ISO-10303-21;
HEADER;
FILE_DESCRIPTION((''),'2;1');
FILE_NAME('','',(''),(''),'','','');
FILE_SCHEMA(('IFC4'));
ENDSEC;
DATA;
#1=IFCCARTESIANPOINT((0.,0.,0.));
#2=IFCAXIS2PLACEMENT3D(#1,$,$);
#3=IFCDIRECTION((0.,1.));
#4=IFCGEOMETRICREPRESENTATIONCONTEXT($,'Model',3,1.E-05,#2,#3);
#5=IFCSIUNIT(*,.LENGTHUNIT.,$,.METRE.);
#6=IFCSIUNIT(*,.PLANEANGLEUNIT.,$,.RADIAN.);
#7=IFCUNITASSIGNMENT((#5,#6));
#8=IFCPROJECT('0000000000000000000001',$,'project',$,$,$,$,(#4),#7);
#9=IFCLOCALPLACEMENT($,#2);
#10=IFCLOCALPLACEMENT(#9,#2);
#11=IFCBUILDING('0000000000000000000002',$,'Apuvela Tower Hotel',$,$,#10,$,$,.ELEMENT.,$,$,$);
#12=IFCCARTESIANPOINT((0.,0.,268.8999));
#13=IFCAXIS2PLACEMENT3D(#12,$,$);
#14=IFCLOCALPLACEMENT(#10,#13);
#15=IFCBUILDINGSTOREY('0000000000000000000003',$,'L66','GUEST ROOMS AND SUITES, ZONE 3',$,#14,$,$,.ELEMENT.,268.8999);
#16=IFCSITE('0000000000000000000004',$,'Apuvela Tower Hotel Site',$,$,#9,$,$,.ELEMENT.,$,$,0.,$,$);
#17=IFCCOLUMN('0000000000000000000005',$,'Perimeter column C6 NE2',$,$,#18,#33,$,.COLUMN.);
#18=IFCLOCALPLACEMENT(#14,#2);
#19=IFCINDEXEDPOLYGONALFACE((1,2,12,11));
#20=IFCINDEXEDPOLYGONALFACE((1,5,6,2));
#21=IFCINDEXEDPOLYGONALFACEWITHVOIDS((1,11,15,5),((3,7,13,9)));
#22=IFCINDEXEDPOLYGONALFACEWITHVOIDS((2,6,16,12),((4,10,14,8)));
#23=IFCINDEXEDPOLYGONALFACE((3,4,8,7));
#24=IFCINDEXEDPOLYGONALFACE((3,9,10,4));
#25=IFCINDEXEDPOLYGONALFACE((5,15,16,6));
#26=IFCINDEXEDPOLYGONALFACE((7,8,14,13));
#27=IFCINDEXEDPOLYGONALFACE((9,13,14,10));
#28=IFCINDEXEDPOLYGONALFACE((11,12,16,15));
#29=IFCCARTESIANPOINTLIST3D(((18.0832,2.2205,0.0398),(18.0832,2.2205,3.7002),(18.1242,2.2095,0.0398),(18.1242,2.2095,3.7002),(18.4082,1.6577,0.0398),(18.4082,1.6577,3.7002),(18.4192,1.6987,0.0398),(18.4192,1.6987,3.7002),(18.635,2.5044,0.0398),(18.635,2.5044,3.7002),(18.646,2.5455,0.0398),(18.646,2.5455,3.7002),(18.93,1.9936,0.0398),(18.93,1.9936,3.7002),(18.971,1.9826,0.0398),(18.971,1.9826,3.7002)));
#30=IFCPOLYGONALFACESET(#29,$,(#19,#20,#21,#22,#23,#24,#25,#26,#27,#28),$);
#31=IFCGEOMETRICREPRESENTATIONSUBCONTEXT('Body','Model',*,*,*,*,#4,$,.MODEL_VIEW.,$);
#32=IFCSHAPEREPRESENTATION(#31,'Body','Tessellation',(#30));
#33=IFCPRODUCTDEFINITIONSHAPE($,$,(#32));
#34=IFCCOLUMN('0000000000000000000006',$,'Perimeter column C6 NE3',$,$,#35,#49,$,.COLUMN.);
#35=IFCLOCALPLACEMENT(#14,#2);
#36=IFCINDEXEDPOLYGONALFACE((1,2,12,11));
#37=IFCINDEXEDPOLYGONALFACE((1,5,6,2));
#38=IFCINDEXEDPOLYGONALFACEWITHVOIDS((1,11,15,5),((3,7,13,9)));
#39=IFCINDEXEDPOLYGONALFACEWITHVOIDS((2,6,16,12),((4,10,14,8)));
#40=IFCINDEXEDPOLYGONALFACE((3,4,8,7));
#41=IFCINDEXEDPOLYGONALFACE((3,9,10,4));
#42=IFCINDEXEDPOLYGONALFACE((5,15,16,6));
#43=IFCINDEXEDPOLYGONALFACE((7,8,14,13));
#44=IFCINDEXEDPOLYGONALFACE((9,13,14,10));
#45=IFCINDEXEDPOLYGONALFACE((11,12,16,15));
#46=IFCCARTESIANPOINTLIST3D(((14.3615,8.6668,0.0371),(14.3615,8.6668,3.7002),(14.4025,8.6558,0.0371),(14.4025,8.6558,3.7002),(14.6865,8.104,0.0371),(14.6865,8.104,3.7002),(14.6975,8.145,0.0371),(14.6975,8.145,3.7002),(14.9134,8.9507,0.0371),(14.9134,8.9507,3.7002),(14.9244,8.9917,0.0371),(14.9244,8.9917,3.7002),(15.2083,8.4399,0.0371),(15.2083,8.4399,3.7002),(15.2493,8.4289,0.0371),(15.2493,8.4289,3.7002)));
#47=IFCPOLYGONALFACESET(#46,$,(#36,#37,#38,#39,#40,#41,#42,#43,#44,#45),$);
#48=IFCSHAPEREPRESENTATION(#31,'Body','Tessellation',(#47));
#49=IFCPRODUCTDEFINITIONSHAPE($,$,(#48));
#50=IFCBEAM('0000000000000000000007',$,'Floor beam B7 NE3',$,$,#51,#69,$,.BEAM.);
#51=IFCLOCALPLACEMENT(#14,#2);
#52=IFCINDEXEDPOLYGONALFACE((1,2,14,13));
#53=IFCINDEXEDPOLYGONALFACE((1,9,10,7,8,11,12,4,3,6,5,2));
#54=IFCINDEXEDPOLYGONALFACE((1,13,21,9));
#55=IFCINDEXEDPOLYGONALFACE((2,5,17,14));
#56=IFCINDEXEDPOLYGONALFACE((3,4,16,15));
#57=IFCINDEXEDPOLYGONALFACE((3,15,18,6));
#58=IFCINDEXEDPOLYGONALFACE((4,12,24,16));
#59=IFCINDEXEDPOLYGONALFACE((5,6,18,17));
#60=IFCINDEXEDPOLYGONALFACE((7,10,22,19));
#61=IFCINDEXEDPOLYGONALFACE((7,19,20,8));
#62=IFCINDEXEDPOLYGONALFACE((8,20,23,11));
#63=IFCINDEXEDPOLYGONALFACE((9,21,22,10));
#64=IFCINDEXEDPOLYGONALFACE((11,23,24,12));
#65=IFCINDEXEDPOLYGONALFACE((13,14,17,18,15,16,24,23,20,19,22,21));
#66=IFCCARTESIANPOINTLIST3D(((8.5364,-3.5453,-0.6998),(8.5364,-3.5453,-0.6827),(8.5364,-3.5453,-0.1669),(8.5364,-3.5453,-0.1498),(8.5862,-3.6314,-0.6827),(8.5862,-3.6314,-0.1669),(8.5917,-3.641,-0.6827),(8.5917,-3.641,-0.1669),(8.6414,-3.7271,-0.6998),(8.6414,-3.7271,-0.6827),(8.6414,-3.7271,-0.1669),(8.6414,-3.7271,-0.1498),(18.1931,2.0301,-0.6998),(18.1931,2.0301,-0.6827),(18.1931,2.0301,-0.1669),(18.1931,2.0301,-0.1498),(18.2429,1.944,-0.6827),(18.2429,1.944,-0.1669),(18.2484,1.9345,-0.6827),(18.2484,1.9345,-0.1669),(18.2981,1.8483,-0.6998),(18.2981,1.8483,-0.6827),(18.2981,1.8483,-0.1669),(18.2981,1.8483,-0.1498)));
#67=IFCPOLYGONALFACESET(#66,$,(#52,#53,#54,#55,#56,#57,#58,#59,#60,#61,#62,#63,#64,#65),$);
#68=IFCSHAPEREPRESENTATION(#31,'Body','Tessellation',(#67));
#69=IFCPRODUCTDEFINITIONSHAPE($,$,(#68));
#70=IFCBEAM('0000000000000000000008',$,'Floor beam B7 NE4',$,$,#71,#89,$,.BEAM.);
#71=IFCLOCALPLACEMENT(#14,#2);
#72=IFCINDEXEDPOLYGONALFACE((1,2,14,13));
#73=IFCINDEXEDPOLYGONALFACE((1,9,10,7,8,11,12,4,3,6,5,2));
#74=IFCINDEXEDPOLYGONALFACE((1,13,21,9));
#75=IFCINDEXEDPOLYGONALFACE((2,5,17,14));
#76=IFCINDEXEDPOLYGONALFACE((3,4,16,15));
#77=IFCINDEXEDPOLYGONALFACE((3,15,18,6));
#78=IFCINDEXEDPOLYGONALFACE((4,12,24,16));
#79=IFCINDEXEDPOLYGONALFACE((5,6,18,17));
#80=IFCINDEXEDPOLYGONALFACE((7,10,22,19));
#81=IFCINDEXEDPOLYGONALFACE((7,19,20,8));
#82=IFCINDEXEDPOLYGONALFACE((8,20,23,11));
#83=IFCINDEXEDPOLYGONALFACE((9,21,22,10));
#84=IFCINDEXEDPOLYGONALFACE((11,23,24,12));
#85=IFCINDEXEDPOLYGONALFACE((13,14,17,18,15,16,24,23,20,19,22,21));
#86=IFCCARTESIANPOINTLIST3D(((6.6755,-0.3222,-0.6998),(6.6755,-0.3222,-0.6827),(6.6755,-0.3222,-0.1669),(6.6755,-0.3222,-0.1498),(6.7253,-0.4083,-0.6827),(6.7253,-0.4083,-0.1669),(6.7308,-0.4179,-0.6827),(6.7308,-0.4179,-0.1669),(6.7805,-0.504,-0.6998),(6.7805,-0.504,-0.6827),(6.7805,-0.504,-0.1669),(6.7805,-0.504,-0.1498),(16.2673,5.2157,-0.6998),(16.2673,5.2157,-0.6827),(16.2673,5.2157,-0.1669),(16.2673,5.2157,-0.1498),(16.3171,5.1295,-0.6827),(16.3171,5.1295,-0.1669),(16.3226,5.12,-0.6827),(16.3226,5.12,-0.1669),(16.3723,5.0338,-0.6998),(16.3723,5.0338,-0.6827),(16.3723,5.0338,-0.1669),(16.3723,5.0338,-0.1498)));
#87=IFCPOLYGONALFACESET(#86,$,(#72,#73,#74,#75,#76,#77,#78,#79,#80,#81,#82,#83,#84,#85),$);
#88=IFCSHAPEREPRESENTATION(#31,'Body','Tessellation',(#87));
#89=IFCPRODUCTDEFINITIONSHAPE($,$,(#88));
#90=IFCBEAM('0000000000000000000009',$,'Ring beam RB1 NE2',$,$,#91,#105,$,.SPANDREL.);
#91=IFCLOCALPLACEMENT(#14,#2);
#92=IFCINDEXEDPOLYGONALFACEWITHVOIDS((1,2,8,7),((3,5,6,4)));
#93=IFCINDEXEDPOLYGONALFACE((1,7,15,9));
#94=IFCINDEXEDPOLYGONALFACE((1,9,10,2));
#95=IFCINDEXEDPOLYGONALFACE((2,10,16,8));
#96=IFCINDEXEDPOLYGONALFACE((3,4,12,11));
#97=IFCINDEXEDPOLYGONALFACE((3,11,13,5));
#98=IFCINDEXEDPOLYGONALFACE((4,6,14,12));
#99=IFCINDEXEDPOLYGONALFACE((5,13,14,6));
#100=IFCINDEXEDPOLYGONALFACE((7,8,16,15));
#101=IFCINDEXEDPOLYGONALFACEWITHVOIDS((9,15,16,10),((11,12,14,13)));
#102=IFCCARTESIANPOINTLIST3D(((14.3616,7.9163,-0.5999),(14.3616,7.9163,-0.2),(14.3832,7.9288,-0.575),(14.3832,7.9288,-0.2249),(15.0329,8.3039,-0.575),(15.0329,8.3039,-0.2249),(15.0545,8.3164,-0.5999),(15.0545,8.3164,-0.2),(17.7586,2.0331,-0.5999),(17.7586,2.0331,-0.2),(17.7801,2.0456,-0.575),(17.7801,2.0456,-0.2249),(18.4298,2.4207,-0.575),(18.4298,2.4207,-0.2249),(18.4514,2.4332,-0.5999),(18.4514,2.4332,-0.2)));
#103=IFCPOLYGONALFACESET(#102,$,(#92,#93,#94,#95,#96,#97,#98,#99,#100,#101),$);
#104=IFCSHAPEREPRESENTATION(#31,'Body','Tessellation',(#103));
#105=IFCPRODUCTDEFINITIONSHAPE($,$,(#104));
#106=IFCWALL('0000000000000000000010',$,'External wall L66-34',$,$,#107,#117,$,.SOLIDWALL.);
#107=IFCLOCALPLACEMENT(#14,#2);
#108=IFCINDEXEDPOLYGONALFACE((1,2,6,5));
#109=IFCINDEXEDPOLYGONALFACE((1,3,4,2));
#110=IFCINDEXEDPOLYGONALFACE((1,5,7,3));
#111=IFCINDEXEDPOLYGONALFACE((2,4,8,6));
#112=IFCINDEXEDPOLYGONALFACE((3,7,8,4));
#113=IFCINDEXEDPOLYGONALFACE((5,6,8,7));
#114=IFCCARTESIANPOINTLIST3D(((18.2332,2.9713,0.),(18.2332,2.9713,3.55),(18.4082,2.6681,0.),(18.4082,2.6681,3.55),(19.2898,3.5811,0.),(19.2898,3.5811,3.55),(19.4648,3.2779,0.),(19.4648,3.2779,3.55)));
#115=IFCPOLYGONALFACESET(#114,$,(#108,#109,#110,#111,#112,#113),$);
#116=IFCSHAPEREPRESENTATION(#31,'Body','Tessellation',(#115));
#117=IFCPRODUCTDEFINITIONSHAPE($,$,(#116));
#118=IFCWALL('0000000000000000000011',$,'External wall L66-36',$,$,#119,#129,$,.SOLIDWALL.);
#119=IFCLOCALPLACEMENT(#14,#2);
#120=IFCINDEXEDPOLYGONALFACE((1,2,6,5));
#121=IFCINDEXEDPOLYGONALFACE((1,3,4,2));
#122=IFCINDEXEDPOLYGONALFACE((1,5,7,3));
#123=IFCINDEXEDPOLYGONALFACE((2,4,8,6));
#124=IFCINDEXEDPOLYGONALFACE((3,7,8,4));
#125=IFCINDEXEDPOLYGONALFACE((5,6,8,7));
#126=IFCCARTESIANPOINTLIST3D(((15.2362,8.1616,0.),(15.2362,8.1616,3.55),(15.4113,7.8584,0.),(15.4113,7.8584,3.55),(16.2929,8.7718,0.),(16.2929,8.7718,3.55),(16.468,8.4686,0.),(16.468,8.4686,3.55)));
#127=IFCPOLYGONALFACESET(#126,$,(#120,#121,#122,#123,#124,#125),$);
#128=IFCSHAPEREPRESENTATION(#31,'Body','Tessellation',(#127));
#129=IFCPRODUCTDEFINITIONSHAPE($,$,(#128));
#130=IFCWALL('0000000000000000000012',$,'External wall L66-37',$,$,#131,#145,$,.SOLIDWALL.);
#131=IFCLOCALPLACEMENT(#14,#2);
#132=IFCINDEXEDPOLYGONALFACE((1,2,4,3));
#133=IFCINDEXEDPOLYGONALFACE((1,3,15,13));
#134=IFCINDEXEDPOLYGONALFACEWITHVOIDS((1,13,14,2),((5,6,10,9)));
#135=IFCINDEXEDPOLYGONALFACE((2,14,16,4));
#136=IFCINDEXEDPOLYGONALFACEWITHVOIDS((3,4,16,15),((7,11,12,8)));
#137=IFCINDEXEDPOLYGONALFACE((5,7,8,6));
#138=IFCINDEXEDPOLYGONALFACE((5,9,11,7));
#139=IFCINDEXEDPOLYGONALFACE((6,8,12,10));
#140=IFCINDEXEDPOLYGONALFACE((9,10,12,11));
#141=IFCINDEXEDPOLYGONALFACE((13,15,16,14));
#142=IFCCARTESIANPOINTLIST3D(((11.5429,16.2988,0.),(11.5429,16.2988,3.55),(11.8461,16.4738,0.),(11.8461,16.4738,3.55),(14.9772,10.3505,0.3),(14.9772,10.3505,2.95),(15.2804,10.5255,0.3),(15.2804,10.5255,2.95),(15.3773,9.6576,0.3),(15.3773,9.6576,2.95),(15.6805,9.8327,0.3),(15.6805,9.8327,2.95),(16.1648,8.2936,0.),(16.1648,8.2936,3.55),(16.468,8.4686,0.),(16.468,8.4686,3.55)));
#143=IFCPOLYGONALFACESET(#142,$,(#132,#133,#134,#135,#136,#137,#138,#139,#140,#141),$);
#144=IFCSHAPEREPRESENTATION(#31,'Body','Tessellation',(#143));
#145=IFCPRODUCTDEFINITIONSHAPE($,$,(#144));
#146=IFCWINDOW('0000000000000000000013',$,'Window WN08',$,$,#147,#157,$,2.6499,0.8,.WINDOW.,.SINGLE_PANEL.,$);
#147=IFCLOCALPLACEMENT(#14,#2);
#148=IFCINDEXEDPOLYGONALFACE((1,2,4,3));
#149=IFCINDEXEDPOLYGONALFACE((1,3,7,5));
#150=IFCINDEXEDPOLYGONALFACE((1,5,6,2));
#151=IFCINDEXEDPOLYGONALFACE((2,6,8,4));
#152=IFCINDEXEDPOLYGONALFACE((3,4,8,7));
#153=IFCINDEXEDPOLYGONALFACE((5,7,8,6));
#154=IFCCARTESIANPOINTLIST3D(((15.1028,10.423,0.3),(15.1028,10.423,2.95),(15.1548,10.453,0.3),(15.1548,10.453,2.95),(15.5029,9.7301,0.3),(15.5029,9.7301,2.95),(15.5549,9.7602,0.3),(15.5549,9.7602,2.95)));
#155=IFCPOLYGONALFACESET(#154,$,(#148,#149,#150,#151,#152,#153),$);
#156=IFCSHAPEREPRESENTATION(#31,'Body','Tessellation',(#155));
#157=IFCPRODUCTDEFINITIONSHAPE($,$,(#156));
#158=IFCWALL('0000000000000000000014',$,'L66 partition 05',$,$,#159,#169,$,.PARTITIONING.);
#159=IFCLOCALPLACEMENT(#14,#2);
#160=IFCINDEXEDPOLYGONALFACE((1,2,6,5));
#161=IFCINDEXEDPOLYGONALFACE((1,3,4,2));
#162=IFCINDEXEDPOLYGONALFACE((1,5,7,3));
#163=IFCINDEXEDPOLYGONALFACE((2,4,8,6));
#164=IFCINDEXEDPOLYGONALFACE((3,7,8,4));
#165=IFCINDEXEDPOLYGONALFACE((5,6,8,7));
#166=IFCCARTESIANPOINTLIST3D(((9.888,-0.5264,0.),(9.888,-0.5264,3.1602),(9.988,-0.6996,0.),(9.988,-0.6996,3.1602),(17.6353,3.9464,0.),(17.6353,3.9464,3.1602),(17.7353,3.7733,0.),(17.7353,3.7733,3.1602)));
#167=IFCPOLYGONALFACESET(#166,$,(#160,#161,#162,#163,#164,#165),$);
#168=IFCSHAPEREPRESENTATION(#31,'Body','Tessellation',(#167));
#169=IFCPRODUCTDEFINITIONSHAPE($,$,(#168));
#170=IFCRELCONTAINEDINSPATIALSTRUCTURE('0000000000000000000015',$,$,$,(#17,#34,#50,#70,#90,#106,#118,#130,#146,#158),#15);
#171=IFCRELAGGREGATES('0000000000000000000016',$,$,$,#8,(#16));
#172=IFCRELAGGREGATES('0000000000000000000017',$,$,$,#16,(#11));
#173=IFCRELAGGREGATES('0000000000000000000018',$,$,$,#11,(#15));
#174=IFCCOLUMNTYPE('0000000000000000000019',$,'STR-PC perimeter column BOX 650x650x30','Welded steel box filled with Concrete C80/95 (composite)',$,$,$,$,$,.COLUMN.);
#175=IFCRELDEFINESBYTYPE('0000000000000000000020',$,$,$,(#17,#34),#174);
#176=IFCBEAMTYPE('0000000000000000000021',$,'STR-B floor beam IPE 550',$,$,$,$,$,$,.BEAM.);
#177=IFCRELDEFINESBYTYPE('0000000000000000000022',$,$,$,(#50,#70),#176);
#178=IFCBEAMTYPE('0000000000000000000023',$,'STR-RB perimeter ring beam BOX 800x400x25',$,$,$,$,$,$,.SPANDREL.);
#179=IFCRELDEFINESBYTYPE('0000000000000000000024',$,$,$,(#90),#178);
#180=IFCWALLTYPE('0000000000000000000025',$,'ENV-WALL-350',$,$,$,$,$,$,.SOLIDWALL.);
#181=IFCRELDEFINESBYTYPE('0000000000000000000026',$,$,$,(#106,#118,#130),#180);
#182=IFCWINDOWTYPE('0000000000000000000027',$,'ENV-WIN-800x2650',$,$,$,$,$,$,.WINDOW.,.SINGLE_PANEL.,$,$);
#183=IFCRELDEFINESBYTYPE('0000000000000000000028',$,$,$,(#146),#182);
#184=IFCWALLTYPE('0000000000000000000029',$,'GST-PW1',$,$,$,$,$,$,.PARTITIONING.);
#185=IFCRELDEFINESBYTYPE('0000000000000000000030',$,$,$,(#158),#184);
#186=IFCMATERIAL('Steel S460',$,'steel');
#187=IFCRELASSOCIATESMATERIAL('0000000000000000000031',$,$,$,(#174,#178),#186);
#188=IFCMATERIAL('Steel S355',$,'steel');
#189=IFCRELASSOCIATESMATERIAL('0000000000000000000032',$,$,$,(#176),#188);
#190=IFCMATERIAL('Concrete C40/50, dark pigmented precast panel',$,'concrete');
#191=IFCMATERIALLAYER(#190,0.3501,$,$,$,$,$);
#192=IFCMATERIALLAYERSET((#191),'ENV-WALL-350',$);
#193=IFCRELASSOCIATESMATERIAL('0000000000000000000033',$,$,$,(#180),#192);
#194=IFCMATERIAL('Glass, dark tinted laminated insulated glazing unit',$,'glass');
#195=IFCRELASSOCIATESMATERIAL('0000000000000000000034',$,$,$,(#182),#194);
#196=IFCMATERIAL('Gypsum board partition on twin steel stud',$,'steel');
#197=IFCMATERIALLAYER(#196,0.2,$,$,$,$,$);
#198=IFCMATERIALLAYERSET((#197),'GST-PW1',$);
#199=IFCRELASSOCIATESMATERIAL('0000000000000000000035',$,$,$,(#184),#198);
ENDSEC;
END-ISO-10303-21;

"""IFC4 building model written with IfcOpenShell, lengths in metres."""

from ifc_helpers import new_model, si_unit, direction, frame, frame_2d, origin, origin_2d, place, context, subcontext, project, spatial, rectangle, hollow_rectangle, i_section, extrude, boolean, halfspace, material, layer, layer_set, material_profile, profile_set, type_object, element, fill, save


model = new_model("IFC4")

# Units and contexts
model_context = context("Model", 3, precision=1e-05, world=origin(), true_north=direction((0.0, 1.0)))
body_context = subcontext(model_context, "Body", "Model", "MODEL_VIEW")
ifc_project = project(units=[si_unit("LENGTHUNIT", "METRE"), si_unit("PLANEANGLEUNIT", "RADIAN")], contexts=[model_context])

# Site, building, storey
site_placement = place(None, origin())
site = spatial("IfcSite", under=ifc_project, at=site_placement, Name="Apuvela Tower Hotel Site", CompositionType="ELEMENT", RefElevation=0.0)
building_placement = place(site_placement, origin())
building = spatial("IfcBuilding", under=site, at=building_placement, Name="Apuvela Tower Hotel", CompositionType="ELEMENT")
storey_placement = place(building_placement, frame((0.0, 0.0, 268.8999)))
storey = spatial("IfcBuildingStorey", under=building, at=storey_placement, Name="L66", Description="GUEST ROOMS AND SUITES, ZONE 3", CompositionType="ELEMENT", Elevation=268.8999)

# Columns
ifc_material_1 = material(Name="Steel S460", Category="steel")
ifc_material_profile_1 = material_profile(ifc_material_1, hollow_rectangle(XDim=0.6499, YDim=0.6499, WallThickness=0.03, at=origin_2d()), Name="BOX 650x650x30")
ifc_material_2 = material(Name="Concrete C80/95", Category="concrete")
ifc_material_profile_2 = material_profile(ifc_material_2, rectangle(XDim=0.5901, YDim=0.5901, at=origin_2d()), Name="Concrete C80/95 infill")
ifc_profile_set_1 = profile_set([ifc_material_profile_1, ifc_material_profile_2], Name="Steel S460")
column_type = type_object("IfcColumnType", Name="STR-PC perimeter column BOX 650x650x30", Description="Welded steel box filled with Concrete C80/95 (composite)", PredefinedType="COLUMN", material=ifc_profile_set_1)
column_1_placement = place(storey_placement, frame((18.5271, 2.1016, 0.0), z_axis=(0.0, 0.0, 1.0), x_axis=(-0.5, 0.866025, 0.0)))
element("IfcColumn", 1, at=column_1_placement, inside=storey, type_object=column_type, Name="Perimeter column C6 NE2", PredefinedType="COLUMN", context=body_context, shape_type="SweptSolid", body=[
    boolean("DIFFERENCE", extrude(hollow_rectangle(XDim=0.6499, YDim=0.6499, WallThickness=0.03, at=origin_2d()), origin(), (0.0, 0.0, 1.0), 3.7002), halfspace(frame((0.0, 0.0, 0.0398), z_axis=(0.0, 0.0, 1.0), x_axis=(1.0, 0.0, 0.0)), True)),
])
column_2_placement = place(storey_placement, frame((14.8054, 8.5479, 0.0), z_axis=(0.0, 0.0, 1.0), x_axis=(-0.5, 0.866025, 0.0)))
element("IfcColumn", 2, at=column_2_placement, inside=storey, type_object=column_type, Name="Perimeter column C6 NE3", PredefinedType="COLUMN", context=body_context, shape_type="SweptSolid", body=[
    boolean("DIFFERENCE", extrude(hollow_rectangle(XDim=0.6499, YDim=0.6499, WallThickness=0.03, at=origin_2d()), origin(), (0.0, 0.0, 1.0), 3.7002), halfspace(frame((0.0, 0.0, 0.0371), z_axis=(0.0, 0.0, 1.0), x_axis=(1.0, 0.0, 0.0)), True)),
])

# Beams
ifc_material_3 = material(Name="Steel S355", Category="steel")
ifc_material_profile_3 = material_profile(ifc_material_3, i_section(OverallWidth=0.21, OverallDepth=0.55, WebThickness=0.011, FlangeThickness=0.0171, at=origin_2d()), Name="IPE 550")
ifc_profile_set_2 = profile_set([ifc_material_profile_3], Name="Steel S355")
beam_type_1 = type_object("IfcBeamType", Name="STR-B floor beam IPE 550", PredefinedType="BEAM", material=ifc_profile_set_2)
beam_1_placement = place(storey_placement, frame((18.2456, 1.9392, -0.4248), z_axis=(-0.866021, -0.500008, 0.0), x_axis=(0.500008, -0.866021, 0.0)))
element("IfcBeam", 3, at=beam_1_placement, inside=storey, type_object=beam_type_1, Name="Floor beam B7 NE3", PredefinedType="BEAM", context=body_context, shape_type="SweptSolid", body=[
    extrude(i_section(OverallWidth=0.21, OverallDepth=0.55, WebThickness=0.011, FlangeThickness=0.0171, at=origin_2d()), origin(), (0.0, 0.0, 1.0), 11.1506),
])
beam_2_placement = place(storey_placement, frame((16.3198, 5.1248, -0.4248), z_axis=(-0.866025, -0.500001, 0.0), x_axis=(0.500001, -0.866025, 0.0)))
element("IfcBeam", 4, at=beam_2_placement, inside=storey, type_object=beam_type_1, Name="Floor beam B7 NE4", PredefinedType="BEAM", context=body_context, shape_type="SweptSolid", body=[
    extrude(i_section(OverallWidth=0.21, OverallDepth=0.55, WebThickness=0.011, FlangeThickness=0.0171, at=origin_2d()), origin(), (0.0, 0.0, 1.0), 11.0757),
])
ifc_material_profile_4 = material_profile(ifc_material_1, hollow_rectangle(XDim=0.8, YDim=0.3999, WallThickness=0.0249, at=origin_2d()), Name="BOX 800x400x25")
ifc_profile_set_3 = profile_set([ifc_material_profile_4], Name="Steel S460")
beam_type_2 = type_object("IfcBeamType", Name="STR-RB perimeter ring beam BOX 800x400x25", PredefinedType="SPANDREL", material=ifc_profile_set_3)
beam_3_placement = place(storey_placement, frame((18.105, 2.2332, -0.3999), z_axis=(-0.500027, 0.86601, 0.0), x_axis=(-0.86601, -0.500027, 0.0)))
element("IfcBeam", 5, at=beam_3_placement, inside=storey, type_object=beam_type_2, Name="Ring beam RB1 NE2", PredefinedType="SPANDREL", context=body_context, shape_type="SweptSolid", body=[
    extrude(hollow_rectangle(XDim=0.8, YDim=0.3999, WallThickness=0.0249, at=origin_2d()), origin(), (0.0, 0.0, 1.0), 6.7935),
])

# Wall
ifc_material_4 = material(Name="Concrete C40/50, dark pigmented precast panel", Category="concrete")
ifc_layer_1 = layer(ifc_material_4, 0.3501)
ifc_layer_set_1 = layer_set([ifc_layer_1], Name="ENV-WALL-350")
wall_type_1 = type_object("IfcWallType", Name="ENV-WALL-350", PredefinedType="SOLIDWALL", material=ifc_layer_set_1)
wall_1_placement = place(storey_placement, frame((19.3772, 3.4294, 0.0), z_axis=(0.0, 0.0, 1.0), x_axis=(-0.866092, -0.499884, 0.0)))
element("IfcWall", 6, at=wall_1_placement, inside=storey, type_object=wall_type_1, Name="External wall L66-34", PredefinedType="SOLIDWALL", context=body_context, shape_type="SweptSolid", body=[
    extrude(rectangle(XDim=1.22, YDim=0.3501, at=frame_2d((0.6099, 0.0))), origin(), (0.0, 0.0, 1.0), 3.55),
])

# Shared definitions
ifc_material_5 = material(Name="Glass, dark tinted laminated insulated glazing unit", Category="glass")

# Wall
wall_2_placement = place(storey_placement, frame((15.3237, 8.01, 0.0), z_axis=(0.0, 0.0, 1.0), x_axis=(0.866006, 0.500034, 0.0)))
element("IfcWall", 7, at=wall_2_placement, inside=storey, type_object=wall_type_1, Name="External wall L66-36", PredefinedType="SOLIDWALL", context=body_context, shape_type="SweptSolid", body=[
    extrude(rectangle(XDim=1.2202, YDim=0.3501, at=frame_2d((0.6101, 0.0))), origin(), (0.0, 0.0, 1.0), 3.55),
])

# Wall, opening, window
wall_3_placement = place(storey_placement, frame((16.3164, 8.3811, 0.0), z_axis=(0.0, 0.0, 1.0), x_axis=(-0.500005, 0.866022, 0.0)))
wall_3 = element("IfcWall", 8, at=wall_3_placement, inside=storey, type_object=wall_type_1, Name="External wall L66-37", PredefinedType="SOLIDWALL", context=body_context, shape_type="SweptSolid", body=[
    extrude(rectangle(XDim=9.2437, YDim=0.3501, at=frame_2d((4.6218, 0.0))), origin(), (0.0, 0.0, 1.0), 3.55),
])
opening_1_placement = place(wall_3_placement, frame((1.5752, 0.0, 0.3)))
opening_1 = element("IfcOpeningElement", 9, at=opening_1_placement, cuts=wall_3, PredefinedType="OPENING", context=body_context, shape_type="SweptSolid", body=[
    extrude(rectangle(XDim=0.8, YDim=2.6499, at=frame_2d((0.3999, 1.325))), frame((0.0, 0.1851, 0.0), z_axis=(0.0, -1.0, 0.0), x_axis=(1.0, 0.0, 0.0)), (0.0, 0.0, 1.0), 0.3701),
])
window_type_1 = type_object("IfcWindowType", Name="ENV-WIN-800x2650", PartitioningType="SINGLE_PANEL", PredefinedType="WINDOW", material=ifc_material_5)
window_1_placement = place(opening_1_placement, origin())
window_1 = element("IfcWindow", 10, at=window_1_placement, inside=storey, type_object=window_type_1, Name="Window WN08", OverallHeight=2.6499, OverallWidth=0.8, PartitioningType="SINGLE_PANEL", PredefinedType="WINDOW", context=body_context, shape_type="SweptSolid", body=[
    extrude(rectangle(XDim=0.8, YDim=2.6499, at=frame_2d((0.3999, 1.325))), frame((0.0, 0.03, 0.0), z_axis=(0.0, -1.0, 0.0), x_axis=(1.0, 0.0, 0.0)), (0.0, 0.0, 1.0), 0.0601),
])
fill(opening_1, window_1)

# Wall
ifc_material_6 = material(Name="Gypsum board partition on twin steel stud", Category="steel")
ifc_layer_2 = layer(ifc_material_6, 0.2)
ifc_layer_set_2 = layer_set([ifc_layer_2], Name="GST-PW1")
wall_type_2 = type_object("IfcWallType", Name="GST-PW1", PredefinedType="PARTITIONING", material=ifc_layer_set_2)
wall_4_placement = place(storey_placement, frame((17.6853, 3.8599, 0.0), z_axis=(0.0, 0.0, 1.0), x_axis=(-0.866026, -0.499999, 0.0)))
element("IfcWall", 11, at=wall_4_placement, inside=storey, type_object=wall_type_2, Name="L66 partition 05", PredefinedType="PARTITIONING", context=body_context, shape_type="SweptSolid", body=[
    extrude(rectangle(XDim=8.9458, YDim=0.2, at=frame_2d((4.4729, 0.0))), origin(), (0.0, 0.0, 1.0), 3.1602),
])

save(model, "model.ifc")
